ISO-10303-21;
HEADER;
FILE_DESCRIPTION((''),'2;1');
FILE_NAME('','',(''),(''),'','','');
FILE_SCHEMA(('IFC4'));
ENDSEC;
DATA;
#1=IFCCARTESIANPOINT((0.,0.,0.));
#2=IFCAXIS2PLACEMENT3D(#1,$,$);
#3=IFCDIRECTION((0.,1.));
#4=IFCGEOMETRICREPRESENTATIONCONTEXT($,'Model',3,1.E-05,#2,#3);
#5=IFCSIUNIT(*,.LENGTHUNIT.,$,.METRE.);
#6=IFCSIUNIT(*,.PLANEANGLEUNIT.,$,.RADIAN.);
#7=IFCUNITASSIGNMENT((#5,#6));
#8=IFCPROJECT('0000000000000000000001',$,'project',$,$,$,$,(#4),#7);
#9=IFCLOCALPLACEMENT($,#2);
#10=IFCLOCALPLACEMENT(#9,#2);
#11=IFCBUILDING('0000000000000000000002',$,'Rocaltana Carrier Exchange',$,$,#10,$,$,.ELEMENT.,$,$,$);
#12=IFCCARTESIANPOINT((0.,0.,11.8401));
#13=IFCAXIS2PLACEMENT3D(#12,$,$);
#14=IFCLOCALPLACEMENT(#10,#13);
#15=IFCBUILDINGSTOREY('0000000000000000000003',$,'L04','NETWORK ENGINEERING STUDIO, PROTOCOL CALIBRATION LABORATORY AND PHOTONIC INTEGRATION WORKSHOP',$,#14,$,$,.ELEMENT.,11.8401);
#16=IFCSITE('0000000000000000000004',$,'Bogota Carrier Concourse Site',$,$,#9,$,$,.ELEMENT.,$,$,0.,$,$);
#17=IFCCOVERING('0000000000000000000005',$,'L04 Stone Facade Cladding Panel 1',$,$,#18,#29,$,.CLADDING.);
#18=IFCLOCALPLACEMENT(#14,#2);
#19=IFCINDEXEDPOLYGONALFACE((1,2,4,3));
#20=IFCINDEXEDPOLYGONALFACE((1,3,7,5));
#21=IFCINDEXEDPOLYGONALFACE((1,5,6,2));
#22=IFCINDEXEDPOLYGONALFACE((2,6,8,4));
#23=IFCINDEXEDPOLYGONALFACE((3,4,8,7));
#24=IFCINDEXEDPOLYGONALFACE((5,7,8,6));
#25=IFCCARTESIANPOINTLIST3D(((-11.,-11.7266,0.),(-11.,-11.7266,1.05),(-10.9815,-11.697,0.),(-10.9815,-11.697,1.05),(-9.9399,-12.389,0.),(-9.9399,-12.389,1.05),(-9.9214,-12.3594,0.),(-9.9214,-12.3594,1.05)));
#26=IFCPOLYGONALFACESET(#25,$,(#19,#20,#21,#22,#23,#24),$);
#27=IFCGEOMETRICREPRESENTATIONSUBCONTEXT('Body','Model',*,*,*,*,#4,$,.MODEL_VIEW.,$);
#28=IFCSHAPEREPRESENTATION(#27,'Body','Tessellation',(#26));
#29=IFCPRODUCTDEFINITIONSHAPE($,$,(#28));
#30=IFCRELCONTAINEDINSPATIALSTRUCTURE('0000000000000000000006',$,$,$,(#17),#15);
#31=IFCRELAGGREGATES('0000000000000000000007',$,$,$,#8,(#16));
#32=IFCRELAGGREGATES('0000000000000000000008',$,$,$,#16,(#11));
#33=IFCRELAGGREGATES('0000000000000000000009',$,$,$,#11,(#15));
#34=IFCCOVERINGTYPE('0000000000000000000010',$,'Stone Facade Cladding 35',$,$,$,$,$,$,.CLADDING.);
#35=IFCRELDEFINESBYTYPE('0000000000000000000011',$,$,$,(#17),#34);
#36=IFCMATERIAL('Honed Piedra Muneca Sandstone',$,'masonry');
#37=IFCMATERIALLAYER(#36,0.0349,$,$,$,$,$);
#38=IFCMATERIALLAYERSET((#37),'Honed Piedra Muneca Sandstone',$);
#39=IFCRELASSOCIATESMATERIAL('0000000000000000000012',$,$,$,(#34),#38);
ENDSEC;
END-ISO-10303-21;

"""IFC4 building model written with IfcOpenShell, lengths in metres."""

from ifc_helpers import new_model, si_unit, direction, frame, origin, origin_2d, place, context, subcontext, project, spatial, rectangle, extrude, material, layer, layer_set, type_object, element, save


model = new_model("IFC4")

# Units and contexts
model_context = context("Model", 3, precision=1e-05, world=origin(), true_north=direction((0.0, 1.0)))
body_context = subcontext(model_context, "Body", "Model", "MODEL_VIEW")
ifc_project = project(units=[si_unit("LENGTHUNIT", "METRE"), si_unit("PLANEANGLEUNIT", "RADIAN")], contexts=[model_context])

# Site, building, storey
site_placement = place(None, origin())
site = spatial("IfcSite", under=ifc_project, at=site_placement, Name="Bogota Carrier Concourse Site", CompositionType="ELEMENT", RefElevation=0.0)
building_placement = place(site_placement, origin())
building = spatial("IfcBuilding", under=site, at=building_placement, Name="Rocaltana Carrier Exchange", CompositionType="ELEMENT")
storey_placement = place(building_placement, frame((0.0, 0.0, 11.8401)))
storey = spatial("IfcBuildingStorey", under=building, at=storey_placement, Name="L04", Description="NETWORK ENGINEERING STUDIO, PROTOCOL CALIBRATION LABORATORY AND PHOTONIC INTEGRATION WORKSHOP", CompositionType="ELEMENT", Elevation=11.8401)

# Covering
ifc_material_1 = material(Name="Honed Piedra Muneca Sandstone", Category="masonry")
ifc_layer_1 = layer(ifc_material_1, 0.0349)
ifc_layer_set_1 = layer_set([ifc_layer_1], Name="Honed Piedra Muneca Sandstone")
covering_type = type_object("IfcCoveringType", Name="Stone Facade Cladding 35", PredefinedType="CLADDING", material=ifc_layer_set_1)
covering_placement = place(storey_placement, frame((-10.4607, -12.043, 0.0), z_axis=(0.0, 0.0, 1.0), x_axis=(-0.848048, 0.529919, 0.0)))
element("IfcCovering", 1, at=covering_placement, inside=storey, type_object=covering_type, Name="L04 Stone Facade Cladding Panel 1", PredefinedType="CLADDING", context=body_context, shape_type="SweptSolid", body=[
    extrude(rectangle(XDim=1.25, YDim=0.0349, at=origin_2d()), origin(), (0.0, 0.0, 1.0), 1.05),
])

save(model, "model.ifc")
